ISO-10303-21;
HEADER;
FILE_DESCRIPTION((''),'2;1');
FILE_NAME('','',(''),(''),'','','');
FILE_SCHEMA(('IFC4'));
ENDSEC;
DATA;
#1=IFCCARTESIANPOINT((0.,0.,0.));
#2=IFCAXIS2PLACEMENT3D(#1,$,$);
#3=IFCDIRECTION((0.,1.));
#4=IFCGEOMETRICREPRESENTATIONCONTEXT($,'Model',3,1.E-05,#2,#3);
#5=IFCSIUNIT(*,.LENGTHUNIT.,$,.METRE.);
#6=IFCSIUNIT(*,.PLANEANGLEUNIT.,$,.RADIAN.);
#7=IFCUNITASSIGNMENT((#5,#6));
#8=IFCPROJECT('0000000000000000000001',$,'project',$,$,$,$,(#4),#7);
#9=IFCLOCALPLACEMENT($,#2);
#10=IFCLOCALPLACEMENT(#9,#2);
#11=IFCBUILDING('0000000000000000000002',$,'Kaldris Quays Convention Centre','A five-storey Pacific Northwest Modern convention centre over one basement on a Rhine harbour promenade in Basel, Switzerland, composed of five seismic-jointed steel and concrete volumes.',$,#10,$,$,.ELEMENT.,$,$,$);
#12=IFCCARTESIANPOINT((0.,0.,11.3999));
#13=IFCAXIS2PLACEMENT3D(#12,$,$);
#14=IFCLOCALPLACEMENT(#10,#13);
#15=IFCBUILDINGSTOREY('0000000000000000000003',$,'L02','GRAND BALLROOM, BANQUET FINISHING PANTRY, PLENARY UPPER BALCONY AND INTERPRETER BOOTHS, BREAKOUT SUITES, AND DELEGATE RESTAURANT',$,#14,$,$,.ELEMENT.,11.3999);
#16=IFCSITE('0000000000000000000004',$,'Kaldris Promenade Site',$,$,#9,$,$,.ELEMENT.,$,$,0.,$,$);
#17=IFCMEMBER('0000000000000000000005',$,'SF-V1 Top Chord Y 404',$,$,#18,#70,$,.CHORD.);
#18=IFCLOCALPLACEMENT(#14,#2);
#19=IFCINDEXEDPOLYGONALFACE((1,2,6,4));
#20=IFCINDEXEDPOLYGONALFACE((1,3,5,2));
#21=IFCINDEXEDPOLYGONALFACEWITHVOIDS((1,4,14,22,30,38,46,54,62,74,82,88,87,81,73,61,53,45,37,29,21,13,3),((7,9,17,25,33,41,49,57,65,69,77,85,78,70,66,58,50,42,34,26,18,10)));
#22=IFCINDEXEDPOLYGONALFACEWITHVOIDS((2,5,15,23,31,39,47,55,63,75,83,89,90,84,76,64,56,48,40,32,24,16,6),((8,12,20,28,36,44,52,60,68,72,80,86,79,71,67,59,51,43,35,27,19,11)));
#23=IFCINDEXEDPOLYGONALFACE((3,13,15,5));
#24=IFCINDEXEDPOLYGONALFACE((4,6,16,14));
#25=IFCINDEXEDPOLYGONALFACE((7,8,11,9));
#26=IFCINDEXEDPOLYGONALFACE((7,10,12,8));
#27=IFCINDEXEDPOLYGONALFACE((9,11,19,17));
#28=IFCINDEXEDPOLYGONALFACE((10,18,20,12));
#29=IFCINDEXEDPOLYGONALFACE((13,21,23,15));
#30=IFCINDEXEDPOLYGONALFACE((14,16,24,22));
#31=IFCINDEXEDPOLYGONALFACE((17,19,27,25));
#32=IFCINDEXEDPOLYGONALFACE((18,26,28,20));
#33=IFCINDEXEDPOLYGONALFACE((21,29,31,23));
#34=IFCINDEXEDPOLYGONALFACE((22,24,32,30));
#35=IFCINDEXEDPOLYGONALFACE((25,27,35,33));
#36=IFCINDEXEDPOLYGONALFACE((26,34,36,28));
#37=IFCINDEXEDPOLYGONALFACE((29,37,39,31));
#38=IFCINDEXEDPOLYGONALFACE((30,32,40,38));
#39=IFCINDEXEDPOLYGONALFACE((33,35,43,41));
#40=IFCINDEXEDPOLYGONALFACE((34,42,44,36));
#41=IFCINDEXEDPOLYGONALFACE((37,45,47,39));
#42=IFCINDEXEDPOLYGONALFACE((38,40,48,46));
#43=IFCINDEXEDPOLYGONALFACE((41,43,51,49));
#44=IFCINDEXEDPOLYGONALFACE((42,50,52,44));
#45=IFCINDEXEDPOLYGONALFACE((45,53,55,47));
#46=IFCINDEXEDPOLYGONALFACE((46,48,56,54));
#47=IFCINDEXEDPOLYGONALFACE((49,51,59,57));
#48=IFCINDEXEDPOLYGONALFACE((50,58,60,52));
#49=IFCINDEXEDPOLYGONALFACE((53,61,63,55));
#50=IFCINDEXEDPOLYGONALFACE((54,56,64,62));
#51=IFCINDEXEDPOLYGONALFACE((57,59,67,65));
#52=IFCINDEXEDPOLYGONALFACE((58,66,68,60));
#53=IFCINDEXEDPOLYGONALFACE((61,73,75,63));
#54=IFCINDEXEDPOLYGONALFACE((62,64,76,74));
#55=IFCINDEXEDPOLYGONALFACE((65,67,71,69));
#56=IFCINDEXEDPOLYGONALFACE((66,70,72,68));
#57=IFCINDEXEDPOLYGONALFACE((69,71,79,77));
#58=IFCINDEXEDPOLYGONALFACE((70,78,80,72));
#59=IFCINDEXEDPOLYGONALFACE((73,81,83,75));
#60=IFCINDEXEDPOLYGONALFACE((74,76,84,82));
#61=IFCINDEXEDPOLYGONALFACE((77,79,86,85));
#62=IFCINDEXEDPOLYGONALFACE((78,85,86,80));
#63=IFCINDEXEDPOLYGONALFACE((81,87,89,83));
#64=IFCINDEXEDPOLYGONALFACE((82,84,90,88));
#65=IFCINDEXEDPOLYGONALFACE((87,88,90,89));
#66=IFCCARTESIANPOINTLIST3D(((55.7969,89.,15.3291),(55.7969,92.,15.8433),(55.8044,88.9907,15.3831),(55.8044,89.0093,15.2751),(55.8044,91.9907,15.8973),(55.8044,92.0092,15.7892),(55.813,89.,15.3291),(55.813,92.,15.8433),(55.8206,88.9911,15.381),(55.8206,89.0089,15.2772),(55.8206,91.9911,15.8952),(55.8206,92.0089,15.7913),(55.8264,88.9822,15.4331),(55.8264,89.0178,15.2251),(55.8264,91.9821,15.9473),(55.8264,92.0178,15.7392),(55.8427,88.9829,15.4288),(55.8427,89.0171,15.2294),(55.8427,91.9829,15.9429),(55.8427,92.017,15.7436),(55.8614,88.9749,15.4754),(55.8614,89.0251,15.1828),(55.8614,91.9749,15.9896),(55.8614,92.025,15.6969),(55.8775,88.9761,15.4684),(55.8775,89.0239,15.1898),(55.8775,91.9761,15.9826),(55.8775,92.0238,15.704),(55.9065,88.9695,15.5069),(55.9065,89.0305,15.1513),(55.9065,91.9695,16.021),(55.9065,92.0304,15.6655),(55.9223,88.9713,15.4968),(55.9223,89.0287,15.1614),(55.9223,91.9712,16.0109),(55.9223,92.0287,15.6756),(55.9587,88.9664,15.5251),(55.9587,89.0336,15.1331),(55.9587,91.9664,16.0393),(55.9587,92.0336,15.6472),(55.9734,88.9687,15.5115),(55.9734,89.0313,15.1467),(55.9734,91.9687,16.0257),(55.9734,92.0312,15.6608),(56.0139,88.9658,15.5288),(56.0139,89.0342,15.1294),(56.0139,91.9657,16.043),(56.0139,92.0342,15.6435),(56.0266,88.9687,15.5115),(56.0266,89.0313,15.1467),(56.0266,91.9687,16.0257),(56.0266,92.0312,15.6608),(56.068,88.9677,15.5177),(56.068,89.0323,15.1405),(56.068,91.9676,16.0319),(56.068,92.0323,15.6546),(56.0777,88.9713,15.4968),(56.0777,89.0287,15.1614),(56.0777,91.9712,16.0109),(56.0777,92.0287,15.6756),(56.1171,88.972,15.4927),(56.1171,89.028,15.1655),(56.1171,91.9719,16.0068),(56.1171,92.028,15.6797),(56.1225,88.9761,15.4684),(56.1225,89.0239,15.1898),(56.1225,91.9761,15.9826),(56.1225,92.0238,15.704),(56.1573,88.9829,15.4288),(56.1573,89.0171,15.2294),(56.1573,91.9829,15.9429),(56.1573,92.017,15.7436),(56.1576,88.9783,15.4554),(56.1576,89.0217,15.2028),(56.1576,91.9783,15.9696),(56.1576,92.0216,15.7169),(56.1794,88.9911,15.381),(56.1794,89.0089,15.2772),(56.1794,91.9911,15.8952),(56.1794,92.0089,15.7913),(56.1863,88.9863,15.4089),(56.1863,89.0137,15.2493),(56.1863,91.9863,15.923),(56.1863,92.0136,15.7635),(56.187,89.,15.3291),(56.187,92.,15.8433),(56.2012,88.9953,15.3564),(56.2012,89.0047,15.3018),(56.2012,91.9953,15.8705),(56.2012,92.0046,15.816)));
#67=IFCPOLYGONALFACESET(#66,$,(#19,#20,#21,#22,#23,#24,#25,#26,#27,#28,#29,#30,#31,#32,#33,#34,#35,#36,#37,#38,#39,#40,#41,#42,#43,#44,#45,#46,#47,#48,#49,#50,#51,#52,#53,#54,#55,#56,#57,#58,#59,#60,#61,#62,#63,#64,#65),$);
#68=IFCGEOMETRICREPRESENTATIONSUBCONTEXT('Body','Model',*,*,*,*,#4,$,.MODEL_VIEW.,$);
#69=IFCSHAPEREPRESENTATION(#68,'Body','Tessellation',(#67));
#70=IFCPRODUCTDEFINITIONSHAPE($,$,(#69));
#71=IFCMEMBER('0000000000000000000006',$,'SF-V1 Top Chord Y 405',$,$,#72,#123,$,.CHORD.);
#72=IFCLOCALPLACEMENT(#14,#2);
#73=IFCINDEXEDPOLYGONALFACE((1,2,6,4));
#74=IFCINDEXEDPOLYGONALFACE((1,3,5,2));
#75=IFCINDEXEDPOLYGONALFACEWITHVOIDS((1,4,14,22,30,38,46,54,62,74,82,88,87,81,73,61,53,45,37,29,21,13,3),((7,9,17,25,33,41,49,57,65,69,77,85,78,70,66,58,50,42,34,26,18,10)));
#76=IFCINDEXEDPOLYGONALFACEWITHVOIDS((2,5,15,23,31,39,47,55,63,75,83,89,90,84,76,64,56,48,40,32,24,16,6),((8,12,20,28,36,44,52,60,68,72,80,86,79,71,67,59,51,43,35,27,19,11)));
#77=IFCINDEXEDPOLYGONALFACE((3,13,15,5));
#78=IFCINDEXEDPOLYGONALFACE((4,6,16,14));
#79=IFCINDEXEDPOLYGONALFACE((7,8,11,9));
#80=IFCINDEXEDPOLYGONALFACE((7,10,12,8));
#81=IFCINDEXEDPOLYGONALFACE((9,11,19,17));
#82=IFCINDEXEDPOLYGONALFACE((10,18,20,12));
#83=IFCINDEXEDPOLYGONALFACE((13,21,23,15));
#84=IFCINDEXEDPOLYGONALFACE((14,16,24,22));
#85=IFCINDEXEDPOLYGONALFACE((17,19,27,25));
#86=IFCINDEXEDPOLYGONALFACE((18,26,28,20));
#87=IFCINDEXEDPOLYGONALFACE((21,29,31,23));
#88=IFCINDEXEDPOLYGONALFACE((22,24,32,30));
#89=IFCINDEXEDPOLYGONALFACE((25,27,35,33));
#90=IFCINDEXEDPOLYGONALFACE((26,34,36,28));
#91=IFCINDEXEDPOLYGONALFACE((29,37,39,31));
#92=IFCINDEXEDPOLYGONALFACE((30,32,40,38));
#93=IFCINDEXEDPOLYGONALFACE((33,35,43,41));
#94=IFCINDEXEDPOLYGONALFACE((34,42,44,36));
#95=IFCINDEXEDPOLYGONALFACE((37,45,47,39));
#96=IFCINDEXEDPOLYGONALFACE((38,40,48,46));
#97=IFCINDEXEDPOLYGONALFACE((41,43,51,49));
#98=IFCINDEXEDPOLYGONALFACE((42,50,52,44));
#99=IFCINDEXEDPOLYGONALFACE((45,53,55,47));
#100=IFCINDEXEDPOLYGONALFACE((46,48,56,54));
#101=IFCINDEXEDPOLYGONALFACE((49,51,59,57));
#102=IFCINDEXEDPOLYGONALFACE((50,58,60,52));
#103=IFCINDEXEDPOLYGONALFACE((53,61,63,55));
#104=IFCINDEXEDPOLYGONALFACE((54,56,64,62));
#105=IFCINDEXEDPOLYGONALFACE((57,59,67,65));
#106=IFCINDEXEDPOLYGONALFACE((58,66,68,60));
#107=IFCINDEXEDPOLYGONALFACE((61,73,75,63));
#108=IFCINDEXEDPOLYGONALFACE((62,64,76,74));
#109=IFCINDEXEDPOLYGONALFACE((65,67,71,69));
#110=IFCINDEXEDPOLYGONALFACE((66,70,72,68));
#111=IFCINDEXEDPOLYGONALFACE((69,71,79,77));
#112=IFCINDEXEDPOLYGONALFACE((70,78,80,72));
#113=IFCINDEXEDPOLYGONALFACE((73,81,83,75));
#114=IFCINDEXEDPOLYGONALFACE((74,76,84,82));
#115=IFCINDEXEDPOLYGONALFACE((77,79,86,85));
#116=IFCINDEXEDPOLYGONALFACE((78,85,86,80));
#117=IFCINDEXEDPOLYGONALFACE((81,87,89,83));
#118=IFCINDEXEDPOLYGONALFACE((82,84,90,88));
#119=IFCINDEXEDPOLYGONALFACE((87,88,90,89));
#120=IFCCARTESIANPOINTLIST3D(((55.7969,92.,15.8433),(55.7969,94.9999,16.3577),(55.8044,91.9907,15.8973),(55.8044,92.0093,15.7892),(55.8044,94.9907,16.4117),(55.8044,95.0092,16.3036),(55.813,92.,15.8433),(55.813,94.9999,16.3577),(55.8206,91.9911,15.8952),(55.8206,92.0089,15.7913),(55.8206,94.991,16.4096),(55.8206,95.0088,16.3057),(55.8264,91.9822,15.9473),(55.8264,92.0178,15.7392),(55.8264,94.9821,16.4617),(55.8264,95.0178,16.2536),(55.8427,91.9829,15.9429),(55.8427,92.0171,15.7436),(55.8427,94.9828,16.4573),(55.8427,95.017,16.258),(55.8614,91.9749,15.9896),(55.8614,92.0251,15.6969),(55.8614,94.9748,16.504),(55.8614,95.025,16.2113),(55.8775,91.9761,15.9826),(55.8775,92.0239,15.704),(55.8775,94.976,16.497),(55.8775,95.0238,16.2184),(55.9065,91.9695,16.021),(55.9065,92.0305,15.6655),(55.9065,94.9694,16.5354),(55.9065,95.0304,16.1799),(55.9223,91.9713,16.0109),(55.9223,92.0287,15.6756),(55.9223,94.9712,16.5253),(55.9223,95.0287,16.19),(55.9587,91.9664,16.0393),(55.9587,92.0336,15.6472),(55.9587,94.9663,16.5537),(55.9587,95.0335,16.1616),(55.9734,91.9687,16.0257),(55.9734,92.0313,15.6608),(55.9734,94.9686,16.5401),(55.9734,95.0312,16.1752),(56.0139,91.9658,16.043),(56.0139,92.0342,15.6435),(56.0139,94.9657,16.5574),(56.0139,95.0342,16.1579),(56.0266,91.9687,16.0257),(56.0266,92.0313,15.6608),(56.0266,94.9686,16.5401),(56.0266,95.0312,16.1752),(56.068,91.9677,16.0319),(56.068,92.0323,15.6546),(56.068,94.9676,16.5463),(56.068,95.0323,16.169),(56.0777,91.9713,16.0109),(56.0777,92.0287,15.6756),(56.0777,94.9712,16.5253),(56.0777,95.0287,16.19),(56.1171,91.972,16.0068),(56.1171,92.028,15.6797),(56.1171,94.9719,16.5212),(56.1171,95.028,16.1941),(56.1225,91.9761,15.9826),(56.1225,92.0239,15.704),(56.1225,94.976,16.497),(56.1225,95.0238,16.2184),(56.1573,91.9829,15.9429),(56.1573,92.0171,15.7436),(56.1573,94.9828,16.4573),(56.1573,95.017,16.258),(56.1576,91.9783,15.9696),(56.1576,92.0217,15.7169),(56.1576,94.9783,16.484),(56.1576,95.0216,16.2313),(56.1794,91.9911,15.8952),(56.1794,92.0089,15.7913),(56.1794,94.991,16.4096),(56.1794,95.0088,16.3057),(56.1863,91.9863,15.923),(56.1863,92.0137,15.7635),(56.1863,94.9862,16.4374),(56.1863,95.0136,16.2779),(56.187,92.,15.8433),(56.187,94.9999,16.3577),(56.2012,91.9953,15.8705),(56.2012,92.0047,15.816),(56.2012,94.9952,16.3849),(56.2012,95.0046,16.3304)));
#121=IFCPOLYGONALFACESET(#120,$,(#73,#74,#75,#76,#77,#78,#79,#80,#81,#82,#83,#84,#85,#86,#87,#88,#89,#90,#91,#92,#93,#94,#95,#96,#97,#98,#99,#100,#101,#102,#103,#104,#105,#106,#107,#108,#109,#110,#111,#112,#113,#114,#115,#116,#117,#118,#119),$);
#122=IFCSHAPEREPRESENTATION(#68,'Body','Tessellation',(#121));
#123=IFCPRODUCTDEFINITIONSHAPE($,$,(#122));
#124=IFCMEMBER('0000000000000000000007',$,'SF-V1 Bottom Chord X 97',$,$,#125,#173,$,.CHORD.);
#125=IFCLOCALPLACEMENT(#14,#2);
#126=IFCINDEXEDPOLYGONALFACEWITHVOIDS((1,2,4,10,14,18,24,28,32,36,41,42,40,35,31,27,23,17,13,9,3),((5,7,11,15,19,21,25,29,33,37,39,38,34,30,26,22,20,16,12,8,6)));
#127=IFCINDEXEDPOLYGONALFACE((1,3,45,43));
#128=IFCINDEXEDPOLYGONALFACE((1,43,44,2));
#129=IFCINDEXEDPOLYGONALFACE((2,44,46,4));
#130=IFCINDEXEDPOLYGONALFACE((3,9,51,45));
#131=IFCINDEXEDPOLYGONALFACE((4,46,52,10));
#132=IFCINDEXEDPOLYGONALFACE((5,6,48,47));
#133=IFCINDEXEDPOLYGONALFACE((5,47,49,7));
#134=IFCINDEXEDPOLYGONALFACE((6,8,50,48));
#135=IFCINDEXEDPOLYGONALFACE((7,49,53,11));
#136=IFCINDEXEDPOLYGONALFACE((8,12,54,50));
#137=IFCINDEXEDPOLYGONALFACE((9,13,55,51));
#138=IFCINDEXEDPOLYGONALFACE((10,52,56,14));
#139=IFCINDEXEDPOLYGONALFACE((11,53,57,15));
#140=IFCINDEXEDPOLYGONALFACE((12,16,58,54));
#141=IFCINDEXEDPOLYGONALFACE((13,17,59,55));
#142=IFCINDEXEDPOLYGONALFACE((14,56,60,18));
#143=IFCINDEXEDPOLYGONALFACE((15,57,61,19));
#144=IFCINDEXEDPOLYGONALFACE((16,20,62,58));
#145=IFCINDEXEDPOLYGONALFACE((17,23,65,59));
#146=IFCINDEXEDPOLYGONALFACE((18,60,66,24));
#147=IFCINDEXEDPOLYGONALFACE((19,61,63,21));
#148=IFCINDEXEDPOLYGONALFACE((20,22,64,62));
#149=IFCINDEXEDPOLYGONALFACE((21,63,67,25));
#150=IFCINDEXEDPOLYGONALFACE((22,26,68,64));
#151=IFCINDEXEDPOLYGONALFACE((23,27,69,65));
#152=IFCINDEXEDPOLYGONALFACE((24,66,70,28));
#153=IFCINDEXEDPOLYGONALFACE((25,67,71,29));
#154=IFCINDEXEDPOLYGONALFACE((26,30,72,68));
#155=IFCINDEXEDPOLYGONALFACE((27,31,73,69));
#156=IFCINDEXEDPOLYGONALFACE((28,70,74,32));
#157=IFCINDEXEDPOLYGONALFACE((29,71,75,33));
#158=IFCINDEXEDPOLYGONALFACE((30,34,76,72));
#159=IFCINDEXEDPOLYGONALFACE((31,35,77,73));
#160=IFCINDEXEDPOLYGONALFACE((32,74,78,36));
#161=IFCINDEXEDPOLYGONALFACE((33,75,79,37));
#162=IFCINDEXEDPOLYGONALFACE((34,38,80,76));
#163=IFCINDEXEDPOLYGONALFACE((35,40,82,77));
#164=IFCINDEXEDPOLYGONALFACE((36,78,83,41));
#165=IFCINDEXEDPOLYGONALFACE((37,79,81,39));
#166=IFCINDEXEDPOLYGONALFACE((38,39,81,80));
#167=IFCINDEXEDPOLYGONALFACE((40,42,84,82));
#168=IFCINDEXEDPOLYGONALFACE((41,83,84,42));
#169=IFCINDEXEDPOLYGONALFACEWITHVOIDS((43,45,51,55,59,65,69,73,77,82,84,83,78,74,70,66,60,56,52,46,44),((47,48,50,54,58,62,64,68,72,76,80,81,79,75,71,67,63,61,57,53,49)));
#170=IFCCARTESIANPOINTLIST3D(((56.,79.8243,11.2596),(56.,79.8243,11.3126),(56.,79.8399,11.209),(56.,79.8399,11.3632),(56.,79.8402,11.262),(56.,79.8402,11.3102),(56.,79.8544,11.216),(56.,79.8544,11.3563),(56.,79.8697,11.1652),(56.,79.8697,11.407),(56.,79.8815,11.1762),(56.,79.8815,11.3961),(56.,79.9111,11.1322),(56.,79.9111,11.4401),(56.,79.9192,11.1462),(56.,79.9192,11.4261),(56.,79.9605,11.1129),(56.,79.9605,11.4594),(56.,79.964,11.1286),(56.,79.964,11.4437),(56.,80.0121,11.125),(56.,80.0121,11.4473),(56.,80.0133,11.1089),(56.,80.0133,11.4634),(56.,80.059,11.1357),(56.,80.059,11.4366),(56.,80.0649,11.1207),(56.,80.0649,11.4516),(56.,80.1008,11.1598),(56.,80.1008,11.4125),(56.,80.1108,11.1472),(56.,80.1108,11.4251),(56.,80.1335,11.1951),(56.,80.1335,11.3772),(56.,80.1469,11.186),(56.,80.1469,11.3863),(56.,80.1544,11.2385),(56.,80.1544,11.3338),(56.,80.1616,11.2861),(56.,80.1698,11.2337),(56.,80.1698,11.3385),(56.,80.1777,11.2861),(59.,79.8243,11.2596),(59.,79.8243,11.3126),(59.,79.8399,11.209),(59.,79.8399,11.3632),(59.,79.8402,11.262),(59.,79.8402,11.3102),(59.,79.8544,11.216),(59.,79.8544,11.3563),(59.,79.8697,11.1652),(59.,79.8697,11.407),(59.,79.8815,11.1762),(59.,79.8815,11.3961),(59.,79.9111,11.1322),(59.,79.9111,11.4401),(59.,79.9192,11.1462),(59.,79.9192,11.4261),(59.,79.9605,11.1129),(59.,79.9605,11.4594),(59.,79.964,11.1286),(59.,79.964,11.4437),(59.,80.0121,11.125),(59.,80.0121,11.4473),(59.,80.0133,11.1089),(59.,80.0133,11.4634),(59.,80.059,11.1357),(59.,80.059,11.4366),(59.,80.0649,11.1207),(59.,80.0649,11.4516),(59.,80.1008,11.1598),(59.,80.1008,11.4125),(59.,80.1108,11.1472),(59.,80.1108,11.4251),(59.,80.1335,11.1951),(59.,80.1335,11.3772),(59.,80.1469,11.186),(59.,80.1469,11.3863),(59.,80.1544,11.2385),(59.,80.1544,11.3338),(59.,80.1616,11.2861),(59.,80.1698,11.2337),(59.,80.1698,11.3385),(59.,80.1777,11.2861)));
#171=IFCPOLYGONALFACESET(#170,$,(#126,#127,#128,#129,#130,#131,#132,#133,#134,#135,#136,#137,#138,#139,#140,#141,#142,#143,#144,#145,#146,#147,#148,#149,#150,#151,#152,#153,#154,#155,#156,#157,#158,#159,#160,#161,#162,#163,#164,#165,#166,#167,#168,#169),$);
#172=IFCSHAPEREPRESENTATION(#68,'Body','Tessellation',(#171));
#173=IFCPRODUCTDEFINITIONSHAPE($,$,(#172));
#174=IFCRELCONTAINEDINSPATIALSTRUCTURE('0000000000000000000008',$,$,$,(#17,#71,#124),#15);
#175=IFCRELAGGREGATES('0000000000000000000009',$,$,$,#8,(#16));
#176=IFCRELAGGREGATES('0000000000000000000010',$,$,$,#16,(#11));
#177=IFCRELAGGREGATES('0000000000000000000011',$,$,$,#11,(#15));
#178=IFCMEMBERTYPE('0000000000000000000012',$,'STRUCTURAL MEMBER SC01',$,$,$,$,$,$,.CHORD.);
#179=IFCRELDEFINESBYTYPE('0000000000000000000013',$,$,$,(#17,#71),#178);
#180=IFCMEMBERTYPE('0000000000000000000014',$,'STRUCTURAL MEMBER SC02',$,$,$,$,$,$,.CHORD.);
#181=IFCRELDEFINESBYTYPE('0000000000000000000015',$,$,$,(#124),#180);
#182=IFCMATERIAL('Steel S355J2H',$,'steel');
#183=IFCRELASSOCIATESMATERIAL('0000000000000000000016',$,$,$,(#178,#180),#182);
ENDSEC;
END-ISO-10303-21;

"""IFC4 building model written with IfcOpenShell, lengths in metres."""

from ifc_helpers import new_model, si_unit, direction, frame, origin, origin_2d, place, context, subcontext, project, spatial, hollow_circle, extrude, material, material_profile, profile_set, type_object, element, save


model = new_model("IFC4")

# Units and contexts
model_context = context("Model", 3, precision=1e-05, world=origin(), true_north=direction((0.0, 1.0)))
body_context = subcontext(model_context, "Body", "Model", "MODEL_VIEW")
ifc_project = project(units=[si_unit("LENGTHUNIT", "METRE"), si_unit("PLANEANGLEUNIT", "RADIAN")], contexts=[model_context])

# Site, building, storey
site_placement = place(None, origin())
site = spatial("IfcSite", under=ifc_project, at=site_placement, Name="Kaldris Promenade Site", CompositionType="ELEMENT", RefElevation=0.0)
building_placement = place(site_placement, origin())
building = spatial("IfcBuilding", under=site, at=building_placement, Name="Kaldris Quays Convention Centre", Description="A five-storey Pacific Northwest Modern convention centre over one basement on a Rhine harbour promenade in Basel, Switzerland, composed of five seismic-jointed steel and concrete volumes.", CompositionType="ELEMENT")
storey_placement = place(building_placement, frame((0.0, 0.0, 11.3999)))
storey = spatial("IfcBuildingStorey", under=building, at=storey_placement, Name="L02", Description="GRAND BALLROOM, BANQUET FINISHING PANTRY, PLENARY UPPER BALCONY AND INTERPRETER BOOTHS, BREAKOUT SUITES, AND DELEGATE RESTAURANT", CompositionType="ELEMENT", Elevation=11.3999)

# Members
ifc_material_1 = material(Name="Steel S355J2H", Category="steel")
ifc_material_profile_1 = material_profile(ifc_material_1, hollow_circle(Radius=0.2031, WallThickness=0.0161, at=origin_2d()), Name="CHS 406.4x16")
ifc_profile_set_1 = profile_set([ifc_material_profile_1], Name="Steel S355J2H")
member_type_1 = type_object("IfcMemberType", Name="STRUCTURAL MEMBER SC01", PredefinedType="CHORD", material=ifc_profile_set_1)
for number, where, z_axis, x_axis, name in (
    (1, (56.0, 89.0, 15.3291), (0.0, 0.985629, 0.168924), (-1.0, 0.0, 0.0), "SF-V1 Top Chord Y 404"),
    (2, (56.0, 92.0, 15.8433), (0.0, 0.985616, 0.169002), (-1.0, 0.0, 0.0), "SF-V1 Top Chord Y 405"),
):
    element("IfcMember", number, at=place(storey_placement, frame(where, z_axis=z_axis, x_axis=x_axis)), inside=storey, type_object=member_type_1, Name=name, PredefinedType="CHORD", context=body_context, shape_type="SweptSolid", body=[
        extrude(hollow_circle(Radius=0.2031, WallThickness=0.0161, at=origin_2d()), origin(), (0.0, 0.0, 1.0), 3.0437),
    ])
ifc_material_profile_2 = material_profile(ifc_material_1, hollow_circle(Radius=0.1777, WallThickness=0.0161, at=origin_2d()), Name="CHS 355.6x16")
ifc_profile_set_2 = profile_set([ifc_material_profile_2], Name="Steel S355J2H")
member_type_2 = type_object("IfcMemberType", Name="STRUCTURAL MEMBER SC02", PredefinedType="CHORD", material=ifc_profile_set_2)
for number, where, z_axis, x_axis, name in (
    (3, (56.0, 80.0, 11.2861), (1.0, 0.0, 0.0), (0.0, 1.0, 0.0), "SF-V1 Bottom Chord X 97"),
):
    element("IfcMember", number, at=place(storey_placement, frame(where, z_axis=z_axis, x_axis=x_axis)), inside=storey, type_object=member_type_2, Name=name, PredefinedType="CHORD", context=body_context, shape_type="SweptSolid", body=[
        extrude(hollow_circle(Radius=0.1777, WallThickness=0.0161, at=origin_2d()), origin(), (0.0, 0.0, 1.0), 3.0),
    ])

save(model, "model.ifc")
